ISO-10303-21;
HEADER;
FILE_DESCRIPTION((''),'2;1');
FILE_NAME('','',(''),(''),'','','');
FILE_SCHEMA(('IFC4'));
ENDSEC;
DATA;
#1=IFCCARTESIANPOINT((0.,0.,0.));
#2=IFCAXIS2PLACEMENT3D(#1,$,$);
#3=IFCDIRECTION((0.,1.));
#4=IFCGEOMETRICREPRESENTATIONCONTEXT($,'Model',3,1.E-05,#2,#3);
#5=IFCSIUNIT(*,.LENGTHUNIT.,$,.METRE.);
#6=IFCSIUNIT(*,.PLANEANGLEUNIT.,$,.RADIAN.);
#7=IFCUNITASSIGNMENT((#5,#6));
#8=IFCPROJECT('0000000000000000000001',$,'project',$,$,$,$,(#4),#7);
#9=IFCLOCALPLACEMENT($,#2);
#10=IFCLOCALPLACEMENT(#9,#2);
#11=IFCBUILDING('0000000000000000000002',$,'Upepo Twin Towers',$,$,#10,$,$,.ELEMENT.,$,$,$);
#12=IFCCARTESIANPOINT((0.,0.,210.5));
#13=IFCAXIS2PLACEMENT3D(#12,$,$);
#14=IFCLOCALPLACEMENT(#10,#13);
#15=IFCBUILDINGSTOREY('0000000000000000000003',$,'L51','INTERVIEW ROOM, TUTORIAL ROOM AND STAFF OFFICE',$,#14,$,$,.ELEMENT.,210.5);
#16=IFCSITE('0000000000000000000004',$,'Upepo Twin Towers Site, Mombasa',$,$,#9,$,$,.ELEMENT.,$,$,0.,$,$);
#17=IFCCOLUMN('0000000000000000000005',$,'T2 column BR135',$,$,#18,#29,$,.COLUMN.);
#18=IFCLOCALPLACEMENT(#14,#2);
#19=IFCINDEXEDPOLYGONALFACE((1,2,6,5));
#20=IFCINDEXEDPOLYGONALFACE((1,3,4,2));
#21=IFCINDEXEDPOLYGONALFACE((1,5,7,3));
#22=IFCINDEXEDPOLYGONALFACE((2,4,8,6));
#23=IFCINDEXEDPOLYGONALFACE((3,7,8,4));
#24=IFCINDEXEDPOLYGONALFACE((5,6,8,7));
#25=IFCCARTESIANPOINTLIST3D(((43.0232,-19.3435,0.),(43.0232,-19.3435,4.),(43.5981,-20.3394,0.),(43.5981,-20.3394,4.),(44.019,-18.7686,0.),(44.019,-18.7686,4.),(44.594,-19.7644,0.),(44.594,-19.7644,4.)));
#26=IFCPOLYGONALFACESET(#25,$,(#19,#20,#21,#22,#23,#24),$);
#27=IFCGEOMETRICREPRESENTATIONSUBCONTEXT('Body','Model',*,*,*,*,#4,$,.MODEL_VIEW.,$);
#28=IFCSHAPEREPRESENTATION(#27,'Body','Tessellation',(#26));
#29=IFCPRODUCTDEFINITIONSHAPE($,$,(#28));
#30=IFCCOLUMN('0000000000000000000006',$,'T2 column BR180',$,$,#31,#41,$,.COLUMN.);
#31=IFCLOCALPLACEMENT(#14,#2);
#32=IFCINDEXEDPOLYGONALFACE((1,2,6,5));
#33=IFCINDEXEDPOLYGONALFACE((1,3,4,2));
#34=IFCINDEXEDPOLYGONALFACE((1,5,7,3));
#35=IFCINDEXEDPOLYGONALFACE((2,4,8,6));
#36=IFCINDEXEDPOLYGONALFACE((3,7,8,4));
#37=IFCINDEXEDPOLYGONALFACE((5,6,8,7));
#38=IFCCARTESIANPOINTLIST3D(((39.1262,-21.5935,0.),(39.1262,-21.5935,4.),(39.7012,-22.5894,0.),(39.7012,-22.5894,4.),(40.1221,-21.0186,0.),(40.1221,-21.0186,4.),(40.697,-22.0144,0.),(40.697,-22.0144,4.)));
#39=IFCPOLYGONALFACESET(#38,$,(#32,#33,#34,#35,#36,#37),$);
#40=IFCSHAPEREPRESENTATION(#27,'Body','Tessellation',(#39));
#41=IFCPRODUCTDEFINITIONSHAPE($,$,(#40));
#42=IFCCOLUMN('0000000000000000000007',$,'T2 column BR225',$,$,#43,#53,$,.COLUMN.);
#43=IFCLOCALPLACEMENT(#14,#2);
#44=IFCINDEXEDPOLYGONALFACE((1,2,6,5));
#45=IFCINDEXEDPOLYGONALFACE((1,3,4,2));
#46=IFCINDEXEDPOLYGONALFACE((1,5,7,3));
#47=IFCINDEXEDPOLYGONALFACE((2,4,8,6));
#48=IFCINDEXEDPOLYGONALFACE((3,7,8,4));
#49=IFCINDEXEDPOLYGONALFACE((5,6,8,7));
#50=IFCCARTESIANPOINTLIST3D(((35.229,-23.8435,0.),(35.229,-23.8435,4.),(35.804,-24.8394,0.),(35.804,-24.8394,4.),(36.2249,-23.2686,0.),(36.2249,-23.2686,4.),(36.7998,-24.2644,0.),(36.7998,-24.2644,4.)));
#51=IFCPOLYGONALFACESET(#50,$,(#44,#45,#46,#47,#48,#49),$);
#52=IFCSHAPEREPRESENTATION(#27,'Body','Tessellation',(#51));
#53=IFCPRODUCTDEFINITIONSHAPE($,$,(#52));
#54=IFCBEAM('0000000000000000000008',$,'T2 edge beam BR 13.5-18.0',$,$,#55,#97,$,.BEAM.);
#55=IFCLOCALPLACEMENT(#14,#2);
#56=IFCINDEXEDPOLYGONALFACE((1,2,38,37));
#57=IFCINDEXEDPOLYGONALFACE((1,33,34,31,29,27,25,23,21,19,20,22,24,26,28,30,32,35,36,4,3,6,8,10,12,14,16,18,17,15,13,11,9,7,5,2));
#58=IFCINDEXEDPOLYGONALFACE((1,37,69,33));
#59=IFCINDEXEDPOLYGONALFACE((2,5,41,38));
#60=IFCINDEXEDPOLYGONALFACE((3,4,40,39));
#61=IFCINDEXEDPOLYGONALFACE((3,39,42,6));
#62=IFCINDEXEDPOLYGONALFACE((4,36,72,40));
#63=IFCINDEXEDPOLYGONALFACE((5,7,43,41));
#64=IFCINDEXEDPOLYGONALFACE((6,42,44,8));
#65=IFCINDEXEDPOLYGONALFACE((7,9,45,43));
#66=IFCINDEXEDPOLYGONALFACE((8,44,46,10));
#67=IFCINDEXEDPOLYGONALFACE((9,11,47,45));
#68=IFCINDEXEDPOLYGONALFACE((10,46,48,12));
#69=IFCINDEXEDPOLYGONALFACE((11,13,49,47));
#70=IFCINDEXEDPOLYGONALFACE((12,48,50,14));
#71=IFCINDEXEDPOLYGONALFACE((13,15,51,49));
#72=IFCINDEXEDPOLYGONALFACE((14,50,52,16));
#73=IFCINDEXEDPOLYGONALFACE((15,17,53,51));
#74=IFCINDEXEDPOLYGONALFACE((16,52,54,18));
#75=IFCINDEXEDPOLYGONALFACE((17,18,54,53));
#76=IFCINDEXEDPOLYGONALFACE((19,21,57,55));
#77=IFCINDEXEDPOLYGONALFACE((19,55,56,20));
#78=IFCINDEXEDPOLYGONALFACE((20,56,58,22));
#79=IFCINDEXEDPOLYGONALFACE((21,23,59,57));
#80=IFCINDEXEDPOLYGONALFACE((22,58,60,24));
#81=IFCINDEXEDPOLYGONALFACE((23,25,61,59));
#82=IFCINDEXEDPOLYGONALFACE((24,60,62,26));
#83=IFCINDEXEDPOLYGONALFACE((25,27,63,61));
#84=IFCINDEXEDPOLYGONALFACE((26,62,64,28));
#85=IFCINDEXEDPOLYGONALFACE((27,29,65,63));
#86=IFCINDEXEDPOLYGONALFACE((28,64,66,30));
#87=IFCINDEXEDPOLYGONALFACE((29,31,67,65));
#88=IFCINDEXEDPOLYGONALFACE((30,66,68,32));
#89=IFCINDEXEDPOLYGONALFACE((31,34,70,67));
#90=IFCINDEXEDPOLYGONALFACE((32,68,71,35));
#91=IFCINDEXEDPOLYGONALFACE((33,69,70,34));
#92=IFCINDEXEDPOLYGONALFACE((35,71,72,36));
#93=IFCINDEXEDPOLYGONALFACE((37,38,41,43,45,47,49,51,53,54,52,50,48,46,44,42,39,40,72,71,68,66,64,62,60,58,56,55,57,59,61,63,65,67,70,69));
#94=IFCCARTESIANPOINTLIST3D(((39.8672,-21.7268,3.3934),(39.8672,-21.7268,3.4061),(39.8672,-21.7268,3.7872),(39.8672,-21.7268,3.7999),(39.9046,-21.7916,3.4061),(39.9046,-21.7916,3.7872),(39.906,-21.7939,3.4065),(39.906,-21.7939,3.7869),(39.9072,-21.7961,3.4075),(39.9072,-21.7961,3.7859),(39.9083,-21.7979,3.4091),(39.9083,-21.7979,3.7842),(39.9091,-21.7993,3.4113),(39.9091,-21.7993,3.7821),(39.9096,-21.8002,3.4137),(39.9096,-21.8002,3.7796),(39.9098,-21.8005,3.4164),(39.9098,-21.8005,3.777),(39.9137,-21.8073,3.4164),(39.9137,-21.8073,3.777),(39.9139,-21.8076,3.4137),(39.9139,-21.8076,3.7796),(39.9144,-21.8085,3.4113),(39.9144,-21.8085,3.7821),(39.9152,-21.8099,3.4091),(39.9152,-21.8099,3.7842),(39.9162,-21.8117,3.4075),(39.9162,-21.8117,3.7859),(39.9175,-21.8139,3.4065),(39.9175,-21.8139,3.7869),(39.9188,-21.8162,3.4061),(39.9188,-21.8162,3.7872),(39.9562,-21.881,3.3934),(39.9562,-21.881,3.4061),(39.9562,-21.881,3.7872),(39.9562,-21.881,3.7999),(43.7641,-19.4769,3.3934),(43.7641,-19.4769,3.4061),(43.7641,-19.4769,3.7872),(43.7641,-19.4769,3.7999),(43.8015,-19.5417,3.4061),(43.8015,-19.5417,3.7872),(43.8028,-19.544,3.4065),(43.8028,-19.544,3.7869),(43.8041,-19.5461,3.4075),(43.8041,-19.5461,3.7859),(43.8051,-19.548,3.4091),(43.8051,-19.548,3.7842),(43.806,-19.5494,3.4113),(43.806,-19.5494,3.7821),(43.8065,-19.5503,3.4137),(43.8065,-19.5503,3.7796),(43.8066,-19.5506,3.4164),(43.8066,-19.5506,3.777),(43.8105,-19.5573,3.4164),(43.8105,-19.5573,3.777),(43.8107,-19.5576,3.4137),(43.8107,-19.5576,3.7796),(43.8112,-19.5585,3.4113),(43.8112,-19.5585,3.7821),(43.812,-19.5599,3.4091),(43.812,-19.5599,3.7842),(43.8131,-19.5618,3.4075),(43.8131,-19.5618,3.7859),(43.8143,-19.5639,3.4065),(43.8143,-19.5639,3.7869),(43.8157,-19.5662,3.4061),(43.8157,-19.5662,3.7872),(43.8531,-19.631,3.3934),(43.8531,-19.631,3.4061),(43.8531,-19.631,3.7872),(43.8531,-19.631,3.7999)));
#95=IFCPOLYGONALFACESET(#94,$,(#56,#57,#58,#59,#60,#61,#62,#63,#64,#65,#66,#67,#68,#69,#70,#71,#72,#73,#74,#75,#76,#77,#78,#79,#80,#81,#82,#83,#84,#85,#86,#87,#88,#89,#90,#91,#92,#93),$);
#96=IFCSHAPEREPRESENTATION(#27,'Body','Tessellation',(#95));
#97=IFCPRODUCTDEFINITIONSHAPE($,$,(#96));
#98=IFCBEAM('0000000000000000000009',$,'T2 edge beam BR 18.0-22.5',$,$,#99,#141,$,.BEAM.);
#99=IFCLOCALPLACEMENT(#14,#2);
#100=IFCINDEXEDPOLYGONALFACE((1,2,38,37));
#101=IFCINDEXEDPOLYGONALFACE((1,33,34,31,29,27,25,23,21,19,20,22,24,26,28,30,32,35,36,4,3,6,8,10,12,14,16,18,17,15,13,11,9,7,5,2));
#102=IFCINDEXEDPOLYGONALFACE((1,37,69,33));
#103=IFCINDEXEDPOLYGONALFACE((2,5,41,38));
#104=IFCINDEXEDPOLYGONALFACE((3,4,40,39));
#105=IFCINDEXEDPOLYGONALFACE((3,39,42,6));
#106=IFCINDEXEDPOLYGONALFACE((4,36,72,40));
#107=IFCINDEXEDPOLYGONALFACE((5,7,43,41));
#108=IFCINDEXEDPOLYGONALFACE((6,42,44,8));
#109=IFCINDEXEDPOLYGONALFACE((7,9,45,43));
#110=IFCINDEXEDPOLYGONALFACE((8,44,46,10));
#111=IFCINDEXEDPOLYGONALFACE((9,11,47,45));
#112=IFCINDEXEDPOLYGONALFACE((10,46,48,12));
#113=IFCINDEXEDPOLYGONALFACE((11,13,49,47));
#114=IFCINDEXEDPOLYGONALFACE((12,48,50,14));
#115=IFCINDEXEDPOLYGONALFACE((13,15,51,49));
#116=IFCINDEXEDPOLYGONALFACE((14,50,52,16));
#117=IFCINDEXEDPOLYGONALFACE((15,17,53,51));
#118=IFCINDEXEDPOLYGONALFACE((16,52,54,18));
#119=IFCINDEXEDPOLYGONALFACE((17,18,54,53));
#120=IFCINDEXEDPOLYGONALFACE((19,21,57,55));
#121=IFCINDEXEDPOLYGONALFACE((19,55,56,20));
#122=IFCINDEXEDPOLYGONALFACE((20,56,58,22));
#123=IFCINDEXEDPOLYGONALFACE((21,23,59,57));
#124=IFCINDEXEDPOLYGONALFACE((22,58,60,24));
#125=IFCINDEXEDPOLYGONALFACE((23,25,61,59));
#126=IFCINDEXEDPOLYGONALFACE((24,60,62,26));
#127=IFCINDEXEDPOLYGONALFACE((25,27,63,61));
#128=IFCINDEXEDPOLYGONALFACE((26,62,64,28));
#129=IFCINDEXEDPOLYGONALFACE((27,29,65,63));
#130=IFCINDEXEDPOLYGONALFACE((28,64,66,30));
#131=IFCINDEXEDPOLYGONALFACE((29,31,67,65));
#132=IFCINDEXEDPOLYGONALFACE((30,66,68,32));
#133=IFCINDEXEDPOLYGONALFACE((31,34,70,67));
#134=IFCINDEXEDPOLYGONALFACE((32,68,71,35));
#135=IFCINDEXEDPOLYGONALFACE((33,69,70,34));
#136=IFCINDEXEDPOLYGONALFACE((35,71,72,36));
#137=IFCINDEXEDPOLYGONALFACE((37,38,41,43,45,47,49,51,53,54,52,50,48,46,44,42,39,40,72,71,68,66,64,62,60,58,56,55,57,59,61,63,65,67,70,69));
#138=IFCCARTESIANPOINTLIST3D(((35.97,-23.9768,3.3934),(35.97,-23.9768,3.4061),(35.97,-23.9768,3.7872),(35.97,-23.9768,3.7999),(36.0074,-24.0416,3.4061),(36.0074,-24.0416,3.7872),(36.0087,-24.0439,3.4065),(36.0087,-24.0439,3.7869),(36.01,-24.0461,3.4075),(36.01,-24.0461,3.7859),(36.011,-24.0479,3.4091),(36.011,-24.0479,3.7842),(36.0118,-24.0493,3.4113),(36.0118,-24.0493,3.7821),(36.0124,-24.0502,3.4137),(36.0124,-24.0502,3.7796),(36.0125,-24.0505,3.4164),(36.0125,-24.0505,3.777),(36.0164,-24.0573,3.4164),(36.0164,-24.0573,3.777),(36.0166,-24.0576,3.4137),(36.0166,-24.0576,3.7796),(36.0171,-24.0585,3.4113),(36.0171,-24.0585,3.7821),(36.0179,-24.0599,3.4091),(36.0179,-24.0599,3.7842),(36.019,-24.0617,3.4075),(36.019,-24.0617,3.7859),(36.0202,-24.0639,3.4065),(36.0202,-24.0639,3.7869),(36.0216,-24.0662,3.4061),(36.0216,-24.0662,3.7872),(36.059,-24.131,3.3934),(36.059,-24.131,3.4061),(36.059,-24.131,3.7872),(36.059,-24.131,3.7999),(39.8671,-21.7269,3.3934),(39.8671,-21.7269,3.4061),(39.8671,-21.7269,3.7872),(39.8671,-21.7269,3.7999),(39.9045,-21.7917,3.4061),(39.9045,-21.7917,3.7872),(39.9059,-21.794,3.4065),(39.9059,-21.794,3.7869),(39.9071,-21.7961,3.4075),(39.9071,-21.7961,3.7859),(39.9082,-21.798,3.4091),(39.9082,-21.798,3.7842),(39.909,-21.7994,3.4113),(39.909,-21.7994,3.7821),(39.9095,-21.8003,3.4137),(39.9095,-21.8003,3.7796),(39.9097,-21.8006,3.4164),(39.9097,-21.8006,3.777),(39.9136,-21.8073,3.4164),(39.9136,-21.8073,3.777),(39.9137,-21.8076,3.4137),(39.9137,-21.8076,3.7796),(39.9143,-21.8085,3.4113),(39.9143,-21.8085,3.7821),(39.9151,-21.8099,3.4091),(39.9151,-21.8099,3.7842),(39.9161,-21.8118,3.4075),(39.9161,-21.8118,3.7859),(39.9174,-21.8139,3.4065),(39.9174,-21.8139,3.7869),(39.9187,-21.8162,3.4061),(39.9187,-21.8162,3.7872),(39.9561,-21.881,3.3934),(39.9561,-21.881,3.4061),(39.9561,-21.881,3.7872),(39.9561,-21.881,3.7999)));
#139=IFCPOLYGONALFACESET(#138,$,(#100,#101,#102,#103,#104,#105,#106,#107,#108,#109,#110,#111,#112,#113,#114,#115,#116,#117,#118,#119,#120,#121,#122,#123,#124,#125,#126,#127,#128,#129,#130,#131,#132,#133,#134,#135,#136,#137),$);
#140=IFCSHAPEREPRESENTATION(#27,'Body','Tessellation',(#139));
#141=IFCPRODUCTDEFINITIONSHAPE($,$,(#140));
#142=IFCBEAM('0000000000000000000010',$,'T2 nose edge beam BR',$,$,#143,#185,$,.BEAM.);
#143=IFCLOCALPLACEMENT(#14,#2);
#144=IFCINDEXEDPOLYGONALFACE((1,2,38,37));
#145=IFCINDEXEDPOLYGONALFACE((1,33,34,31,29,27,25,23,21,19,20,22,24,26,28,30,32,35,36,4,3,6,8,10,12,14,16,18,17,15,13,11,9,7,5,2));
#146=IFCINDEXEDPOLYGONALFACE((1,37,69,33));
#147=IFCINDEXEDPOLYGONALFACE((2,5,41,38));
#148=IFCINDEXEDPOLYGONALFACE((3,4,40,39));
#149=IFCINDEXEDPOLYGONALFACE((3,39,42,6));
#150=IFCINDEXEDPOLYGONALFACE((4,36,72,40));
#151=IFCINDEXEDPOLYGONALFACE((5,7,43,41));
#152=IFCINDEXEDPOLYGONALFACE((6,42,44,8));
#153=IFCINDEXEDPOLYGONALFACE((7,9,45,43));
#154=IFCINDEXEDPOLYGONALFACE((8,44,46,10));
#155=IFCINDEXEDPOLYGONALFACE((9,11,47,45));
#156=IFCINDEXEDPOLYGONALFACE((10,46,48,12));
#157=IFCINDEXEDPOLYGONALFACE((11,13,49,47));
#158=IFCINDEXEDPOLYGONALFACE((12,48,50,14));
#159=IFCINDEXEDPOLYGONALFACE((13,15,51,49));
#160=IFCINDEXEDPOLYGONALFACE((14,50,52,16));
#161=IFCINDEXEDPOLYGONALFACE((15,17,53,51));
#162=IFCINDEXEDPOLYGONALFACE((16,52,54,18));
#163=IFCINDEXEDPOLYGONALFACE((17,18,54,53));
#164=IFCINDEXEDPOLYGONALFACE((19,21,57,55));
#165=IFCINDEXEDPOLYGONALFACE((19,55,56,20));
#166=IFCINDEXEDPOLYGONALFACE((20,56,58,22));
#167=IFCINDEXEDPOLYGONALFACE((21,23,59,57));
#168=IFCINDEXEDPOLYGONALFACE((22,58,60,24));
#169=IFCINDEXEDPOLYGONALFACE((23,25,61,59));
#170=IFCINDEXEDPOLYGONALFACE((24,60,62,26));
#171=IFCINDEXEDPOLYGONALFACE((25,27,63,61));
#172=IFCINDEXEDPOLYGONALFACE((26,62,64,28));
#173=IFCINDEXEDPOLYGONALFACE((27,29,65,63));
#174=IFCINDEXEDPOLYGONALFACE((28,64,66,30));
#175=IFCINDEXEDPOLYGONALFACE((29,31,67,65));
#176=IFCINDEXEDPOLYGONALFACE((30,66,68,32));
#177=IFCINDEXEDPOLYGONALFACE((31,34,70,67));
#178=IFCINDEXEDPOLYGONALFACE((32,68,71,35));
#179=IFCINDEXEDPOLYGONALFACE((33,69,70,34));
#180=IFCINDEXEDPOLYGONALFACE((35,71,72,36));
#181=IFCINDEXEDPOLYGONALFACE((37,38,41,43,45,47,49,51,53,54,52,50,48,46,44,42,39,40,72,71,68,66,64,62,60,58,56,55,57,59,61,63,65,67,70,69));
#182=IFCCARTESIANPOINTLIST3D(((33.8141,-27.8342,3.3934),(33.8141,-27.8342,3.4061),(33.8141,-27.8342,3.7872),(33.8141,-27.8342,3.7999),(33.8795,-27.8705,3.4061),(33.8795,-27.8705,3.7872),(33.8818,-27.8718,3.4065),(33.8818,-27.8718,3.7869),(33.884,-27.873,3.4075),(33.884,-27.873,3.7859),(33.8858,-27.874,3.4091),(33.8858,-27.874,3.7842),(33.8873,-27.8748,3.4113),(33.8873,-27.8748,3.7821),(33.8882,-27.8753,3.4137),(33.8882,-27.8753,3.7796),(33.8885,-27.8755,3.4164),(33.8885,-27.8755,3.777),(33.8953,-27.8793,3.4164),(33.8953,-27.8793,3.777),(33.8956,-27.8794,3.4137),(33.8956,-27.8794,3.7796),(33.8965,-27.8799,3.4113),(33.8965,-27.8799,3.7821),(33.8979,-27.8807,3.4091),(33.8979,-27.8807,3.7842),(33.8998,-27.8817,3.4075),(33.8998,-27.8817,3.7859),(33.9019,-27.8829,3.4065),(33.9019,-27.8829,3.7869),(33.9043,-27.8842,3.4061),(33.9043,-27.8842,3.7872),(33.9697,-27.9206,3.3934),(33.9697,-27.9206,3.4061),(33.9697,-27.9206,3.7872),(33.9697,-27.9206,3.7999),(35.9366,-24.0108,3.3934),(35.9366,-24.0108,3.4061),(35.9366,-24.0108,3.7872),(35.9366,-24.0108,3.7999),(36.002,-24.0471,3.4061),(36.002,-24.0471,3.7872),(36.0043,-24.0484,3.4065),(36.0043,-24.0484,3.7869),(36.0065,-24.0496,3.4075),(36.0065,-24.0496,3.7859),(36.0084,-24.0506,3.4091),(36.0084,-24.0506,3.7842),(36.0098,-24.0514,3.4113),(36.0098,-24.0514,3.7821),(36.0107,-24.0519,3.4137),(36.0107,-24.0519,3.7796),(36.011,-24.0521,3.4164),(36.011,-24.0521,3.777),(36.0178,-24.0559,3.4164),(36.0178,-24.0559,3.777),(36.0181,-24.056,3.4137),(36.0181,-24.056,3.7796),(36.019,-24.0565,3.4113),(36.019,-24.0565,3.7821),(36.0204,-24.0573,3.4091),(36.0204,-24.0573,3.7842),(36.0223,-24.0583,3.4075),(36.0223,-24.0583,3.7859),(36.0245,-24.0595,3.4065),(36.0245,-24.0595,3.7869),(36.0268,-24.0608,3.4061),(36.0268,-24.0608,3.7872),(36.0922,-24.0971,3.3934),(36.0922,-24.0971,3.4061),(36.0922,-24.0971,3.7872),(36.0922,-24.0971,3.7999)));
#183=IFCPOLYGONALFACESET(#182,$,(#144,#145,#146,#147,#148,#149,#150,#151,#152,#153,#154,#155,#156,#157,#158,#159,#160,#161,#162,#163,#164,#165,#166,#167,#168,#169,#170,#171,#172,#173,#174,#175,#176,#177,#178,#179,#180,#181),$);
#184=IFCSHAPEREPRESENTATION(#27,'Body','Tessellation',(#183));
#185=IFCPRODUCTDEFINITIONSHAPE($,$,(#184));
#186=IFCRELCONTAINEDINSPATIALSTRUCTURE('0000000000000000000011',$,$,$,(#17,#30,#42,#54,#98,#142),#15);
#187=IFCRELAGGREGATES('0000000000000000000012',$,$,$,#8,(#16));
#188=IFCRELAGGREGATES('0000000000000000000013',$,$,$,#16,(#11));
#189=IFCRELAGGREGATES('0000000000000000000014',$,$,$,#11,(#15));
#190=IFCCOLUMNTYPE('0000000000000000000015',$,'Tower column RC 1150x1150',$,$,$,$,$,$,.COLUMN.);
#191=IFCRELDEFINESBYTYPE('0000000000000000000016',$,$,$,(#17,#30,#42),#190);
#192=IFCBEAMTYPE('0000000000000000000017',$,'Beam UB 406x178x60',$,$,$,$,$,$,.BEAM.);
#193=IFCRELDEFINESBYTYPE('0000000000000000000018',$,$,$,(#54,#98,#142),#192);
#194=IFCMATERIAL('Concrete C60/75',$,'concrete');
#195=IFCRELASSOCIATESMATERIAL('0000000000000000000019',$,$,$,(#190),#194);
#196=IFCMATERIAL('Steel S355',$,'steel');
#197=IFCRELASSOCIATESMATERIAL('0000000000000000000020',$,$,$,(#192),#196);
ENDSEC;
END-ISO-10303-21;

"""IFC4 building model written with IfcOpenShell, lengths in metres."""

from ifc_helpers import new_model, si_unit, direction, frame, origin, origin_2d, place, context, subcontext, project, spatial, rectangle, i_section, extrude, material, material_profile, profile_set, type_object, element, save


model = new_model("IFC4")

# Units and contexts
model_context = context("Model", 3, precision=1e-05, world=origin(), true_north=direction((0.0, 1.0)))
body_context = subcontext(model_context, "Body", "Model", "MODEL_VIEW")
ifc_project = project(units=[si_unit("LENGTHUNIT", "METRE"), si_unit("PLANEANGLEUNIT", "RADIAN")], contexts=[model_context])

# Site, building, storey
site_placement = place(None, origin())
site = spatial("IfcSite", under=ifc_project, at=site_placement, Name="Upepo Twin Towers Site, Mombasa", CompositionType="ELEMENT", RefElevation=0.0)
building_placement = place(site_placement, origin())
building = spatial("IfcBuilding", under=site, at=building_placement, Name="Upepo Twin Towers", CompositionType="ELEMENT")
storey_placement = place(building_placement, frame((0.0, 0.0, 210.5)))
storey = spatial("IfcBuildingStorey", under=building, at=storey_placement, Name="L51", Description="INTERVIEW ROOM, TUTORIAL ROOM AND STAFF OFFICE", CompositionType="ELEMENT", Elevation=210.5)

# Columns
ifc_material_1 = material(Name="Concrete C60/75", Category="concrete")
ifc_material_profile_1 = material_profile(ifc_material_1, rectangle(XDim=1.1499, YDim=1.1499, at=origin_2d()), Name="RC 1150x1150")
ifc_profile_set_1 = profile_set([ifc_material_profile_1], Name="Concrete C60/75")
column_type = type_object("IfcColumnType", Name="Tower column RC 1150x1150", PredefinedType="COLUMN", material=ifc_profile_set_1)
for number, where, z_axis, x_axis, name in (
    (1, (43.8086, -19.554, 0.0), (0.0, 0.0, 1.0), (0.866025, 0.5, 0.0), "T2 column BR135"),
    (2, (39.9116, -21.804, 0.0), (0.0, 0.0, 1.0), (0.866025, 0.5, 0.0), "T2 column BR180"),
    (3, (36.0144, -24.054, 0.0), (0.0, 0.0, 1.0), (0.866025, 0.5, 0.0), "T2 column BR225"),
):
    element("IfcColumn", number, at=place(storey_placement, frame(where, z_axis=z_axis, x_axis=x_axis)), inside=storey, type_object=column_type, Name=name, PredefinedType="COLUMN", context=body_context, shape_type="SweptSolid", body=[
        extrude(rectangle(XDim=1.1499, YDim=1.1499, at=origin_2d()), origin(), (0.0, 0.0, 1.0), 4.0),
    ])

# Beams
ifc_material_2 = material(Name="Steel S355", Category="steel")
ifc_material_profile_2 = material_profile(ifc_material_2, i_section(OverallWidth=0.178, OverallDepth=0.4065, WebThickness=0.0078, FlangeThickness=0.0127, FilletRadius=0.0103, at=origin_2d()), Name="UB 406x178x60")
ifc_profile_set_2 = profile_set([ifc_material_profile_2], Name="Steel S355")
beam_type_1 = type_object("IfcBeamType", Name="Beam UB 406x178x60", PredefinedType="BEAM", material=ifc_profile_set_2)
beam_1_placement = place(storey_placement, frame((43.8086, -19.554, 3.5967), z_axis=(-0.866018, -0.500014, 0.0), x_axis=(0.500014, -0.866018, 0.0)))
element("IfcBeam", 4, at=beam_1_placement, inside=storey, type_object=beam_type_1, Name="T2 edge beam BR 13.5-18.0", PredefinedType="BEAM", context=body_context, shape_type="SweptSolid", body=[
    extrude(i_section(OverallWidth=0.178, OverallDepth=0.4065, WebThickness=0.0078, FlangeThickness=0.0127, FilletRadius=0.0103, at=origin_2d()), origin(), (0.0, 0.0, 1.0), 4.4998),
])
beam_2_placement = place(storey_placement, frame((39.9116, -21.804, 3.5967), z_axis=(-0.866031, -0.49999, 0.0), x_axis=(0.49999, -0.866031, 0.0)))
element("IfcBeam", 5, at=beam_2_placement, inside=storey, type_object=beam_type_1, Name="T2 edge beam BR 18.0-22.5", PredefinedType="BEAM", context=body_context, shape_type="SweptSolid", body=[
    extrude(i_section(OverallWidth=0.178, OverallDepth=0.4065, WebThickness=0.0078, FlangeThickness=0.0127, FilletRadius=0.0103, at=origin_2d()), origin(), (0.0, 0.0, 1.0), 4.5),
])
beam_3_placement = place(storey_placement, frame((36.0144, -24.054, 3.5967), z_axis=(-0.485363, -0.874313, 0.0), x_axis=(0.874313, -0.485363, 0.0)))
element("IfcBeam", 6, at=beam_3_placement, inside=storey, type_object=beam_type_1, Name="T2 nose edge beam BR", PredefinedType="BEAM", context=body_context, shape_type="SweptSolid", body=[
    extrude(i_section(OverallWidth=0.178, OverallDepth=0.4065, WebThickness=0.0078, FlangeThickness=0.0127, FilletRadius=0.0103, at=origin_2d()), origin(), (0.0, 0.0, 1.0), 4.373),
])

save(model, "model.ifc")
